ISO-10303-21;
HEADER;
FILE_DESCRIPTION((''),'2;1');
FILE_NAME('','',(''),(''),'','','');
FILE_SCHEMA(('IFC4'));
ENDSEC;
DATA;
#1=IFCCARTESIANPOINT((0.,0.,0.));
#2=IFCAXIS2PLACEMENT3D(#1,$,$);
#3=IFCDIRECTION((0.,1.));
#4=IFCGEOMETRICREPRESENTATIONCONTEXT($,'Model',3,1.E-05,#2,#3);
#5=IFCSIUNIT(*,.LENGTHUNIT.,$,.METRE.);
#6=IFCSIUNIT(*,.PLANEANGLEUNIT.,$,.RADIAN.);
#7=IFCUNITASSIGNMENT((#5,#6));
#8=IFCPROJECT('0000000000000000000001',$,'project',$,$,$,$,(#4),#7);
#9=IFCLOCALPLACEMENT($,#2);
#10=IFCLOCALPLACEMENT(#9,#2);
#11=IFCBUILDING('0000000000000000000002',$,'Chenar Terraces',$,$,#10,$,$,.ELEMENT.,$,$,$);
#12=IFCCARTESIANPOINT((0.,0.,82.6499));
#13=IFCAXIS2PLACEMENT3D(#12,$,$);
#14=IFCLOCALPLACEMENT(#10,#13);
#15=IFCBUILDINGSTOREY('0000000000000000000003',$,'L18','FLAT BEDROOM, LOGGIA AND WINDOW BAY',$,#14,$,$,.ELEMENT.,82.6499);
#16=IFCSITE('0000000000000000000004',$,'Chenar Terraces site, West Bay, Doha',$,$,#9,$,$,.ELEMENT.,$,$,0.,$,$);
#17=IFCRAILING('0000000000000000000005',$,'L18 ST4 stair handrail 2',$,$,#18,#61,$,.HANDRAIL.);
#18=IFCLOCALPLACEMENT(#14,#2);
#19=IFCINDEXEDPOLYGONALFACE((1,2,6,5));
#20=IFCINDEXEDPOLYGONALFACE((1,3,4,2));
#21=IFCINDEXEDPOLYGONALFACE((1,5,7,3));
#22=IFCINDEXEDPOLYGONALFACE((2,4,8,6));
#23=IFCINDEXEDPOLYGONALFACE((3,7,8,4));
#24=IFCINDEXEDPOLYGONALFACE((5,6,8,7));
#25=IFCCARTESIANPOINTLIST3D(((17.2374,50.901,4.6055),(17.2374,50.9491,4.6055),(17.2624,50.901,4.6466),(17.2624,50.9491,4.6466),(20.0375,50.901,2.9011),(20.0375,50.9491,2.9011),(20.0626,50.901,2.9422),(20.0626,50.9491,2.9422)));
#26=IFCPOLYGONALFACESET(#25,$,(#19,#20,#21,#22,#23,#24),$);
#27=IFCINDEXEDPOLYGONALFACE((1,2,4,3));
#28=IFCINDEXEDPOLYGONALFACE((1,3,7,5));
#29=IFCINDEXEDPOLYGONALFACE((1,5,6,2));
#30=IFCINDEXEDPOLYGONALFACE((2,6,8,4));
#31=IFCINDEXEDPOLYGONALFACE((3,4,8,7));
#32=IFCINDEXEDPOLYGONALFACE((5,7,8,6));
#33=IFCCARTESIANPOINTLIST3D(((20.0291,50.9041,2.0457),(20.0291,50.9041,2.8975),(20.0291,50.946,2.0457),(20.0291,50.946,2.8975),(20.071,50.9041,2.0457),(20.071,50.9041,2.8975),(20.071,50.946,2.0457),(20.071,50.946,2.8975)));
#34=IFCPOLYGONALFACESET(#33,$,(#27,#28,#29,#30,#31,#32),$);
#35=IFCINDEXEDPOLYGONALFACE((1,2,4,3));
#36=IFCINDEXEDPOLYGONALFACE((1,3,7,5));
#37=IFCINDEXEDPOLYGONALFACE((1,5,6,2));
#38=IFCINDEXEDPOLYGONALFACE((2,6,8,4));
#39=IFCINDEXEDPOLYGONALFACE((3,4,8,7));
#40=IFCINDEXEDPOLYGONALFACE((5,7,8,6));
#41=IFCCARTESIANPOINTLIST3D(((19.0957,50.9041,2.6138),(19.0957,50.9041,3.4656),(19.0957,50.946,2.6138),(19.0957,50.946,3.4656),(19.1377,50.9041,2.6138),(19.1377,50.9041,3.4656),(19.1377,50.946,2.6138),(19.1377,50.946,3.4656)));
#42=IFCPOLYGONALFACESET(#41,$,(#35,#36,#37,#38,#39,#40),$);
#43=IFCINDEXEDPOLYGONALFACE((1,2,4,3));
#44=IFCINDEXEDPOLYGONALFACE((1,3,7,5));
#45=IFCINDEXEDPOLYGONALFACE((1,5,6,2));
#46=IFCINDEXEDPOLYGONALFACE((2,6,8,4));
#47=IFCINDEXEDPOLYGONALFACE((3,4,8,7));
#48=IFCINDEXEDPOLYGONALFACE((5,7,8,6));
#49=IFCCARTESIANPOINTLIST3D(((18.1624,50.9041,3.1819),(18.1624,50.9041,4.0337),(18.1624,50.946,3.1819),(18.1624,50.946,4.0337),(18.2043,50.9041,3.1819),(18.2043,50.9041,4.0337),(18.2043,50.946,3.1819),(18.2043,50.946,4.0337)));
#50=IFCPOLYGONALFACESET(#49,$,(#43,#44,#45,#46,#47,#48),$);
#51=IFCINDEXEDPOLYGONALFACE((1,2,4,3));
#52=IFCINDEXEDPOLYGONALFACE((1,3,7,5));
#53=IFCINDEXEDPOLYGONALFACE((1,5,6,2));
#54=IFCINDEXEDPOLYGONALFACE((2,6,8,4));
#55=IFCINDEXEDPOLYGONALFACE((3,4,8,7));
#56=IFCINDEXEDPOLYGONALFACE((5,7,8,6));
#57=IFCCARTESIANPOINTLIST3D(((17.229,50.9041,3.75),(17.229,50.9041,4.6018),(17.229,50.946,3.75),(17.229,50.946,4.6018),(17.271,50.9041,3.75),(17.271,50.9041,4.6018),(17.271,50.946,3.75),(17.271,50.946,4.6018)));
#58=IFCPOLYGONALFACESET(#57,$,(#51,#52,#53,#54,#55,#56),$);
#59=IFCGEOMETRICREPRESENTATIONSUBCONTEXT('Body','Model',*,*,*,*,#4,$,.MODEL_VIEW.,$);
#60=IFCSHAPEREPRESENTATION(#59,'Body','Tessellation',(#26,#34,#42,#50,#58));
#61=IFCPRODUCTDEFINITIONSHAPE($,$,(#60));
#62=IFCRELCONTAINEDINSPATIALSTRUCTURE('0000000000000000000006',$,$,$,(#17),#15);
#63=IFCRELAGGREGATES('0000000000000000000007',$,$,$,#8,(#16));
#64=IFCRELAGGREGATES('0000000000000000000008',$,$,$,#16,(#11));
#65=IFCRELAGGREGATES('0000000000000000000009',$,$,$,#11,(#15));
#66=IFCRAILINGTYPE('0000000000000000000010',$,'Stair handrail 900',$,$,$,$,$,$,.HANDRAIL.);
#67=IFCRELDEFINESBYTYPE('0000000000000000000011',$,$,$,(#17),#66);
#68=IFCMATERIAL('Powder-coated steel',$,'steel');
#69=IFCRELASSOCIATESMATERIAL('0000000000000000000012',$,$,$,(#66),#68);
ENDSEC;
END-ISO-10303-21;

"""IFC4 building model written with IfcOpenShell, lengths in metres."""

from ifc_helpers import new_model, si_unit, direction, frame, origin, origin_2d, place, context, subcontext, project, spatial, rectangle, extrude, material, type_object, element, save


model = new_model("IFC4")

# Units and contexts
model_context = context("Model", 3, precision=1e-05, world=origin(), true_north=direction((0.0, 1.0)))
body_context = subcontext(model_context, "Body", "Model", "MODEL_VIEW")
ifc_project = project(units=[si_unit("LENGTHUNIT", "METRE"), si_unit("PLANEANGLEUNIT", "RADIAN")], contexts=[model_context])

# Site, building, storey
site_placement = place(None, origin())
site = spatial("IfcSite", under=ifc_project, at=site_placement, Name="Chenar Terraces site, West Bay, Doha", CompositionType="ELEMENT", RefElevation=0.0)
building_placement = place(site_placement, origin())
building = spatial("IfcBuilding", under=site, at=building_placement, Name="Chenar Terraces", CompositionType="ELEMENT")
storey_placement = place(building_placement, frame((0.0, 0.0, 82.6499)))
storey = spatial("IfcBuildingStorey", under=building, at=storey_placement, Name="L18", Description="FLAT BEDROOM, LOGGIA AND WINDOW BAY", CompositionType="ELEMENT", Elevation=82.6499)

# Railing
ifc_material_1 = material(Name="Powder-coated steel", Category="steel")
railing_type_1 = type_object("IfcRailingType", Name="Stair handrail 900", PredefinedType="HANDRAIL", material=ifc_material_1)
railing_1_placement = place(storey_placement, frame((20.05, 50.925, 2.0457)))
element("IfcRailing", 1, at=railing_1_placement, inside=storey, type_object=railing_type_1, Name="L18 ST4 stair handrail 2", PredefinedType="HANDRAIL", context=body_context, shape_type="SweptSolid", body=[
    extrude(rectangle(XDim=0.0481, YDim=0.0481, at=origin_2d()), frame((0.0, 0.0, 0.876), z_axis=(-0.854203, 0.0, 0.51994), x_axis=(0.0, -1.0, 0.0)), (0.0, 0.0, 1.0), 3.2781),
    extrude(rectangle(XDim=0.042, YDim=0.042, at=origin_2d()), origin(), (0.0, 0.0, 1.0), 0.8518),
    extrude(rectangle(XDim=0.042, YDim=0.042, at=origin_2d()), frame((-0.9333, 0.0, 0.5681)), (0.0, 0.0, 1.0), 0.8518),
    extrude(rectangle(XDim=0.042, YDim=0.042, at=origin_2d()), frame((-1.8667, 0.0, 1.1362)), (0.0, 0.0, 1.0), 0.8518),
    extrude(rectangle(XDim=0.042, YDim=0.042, at=origin_2d()), frame((-2.8, 0.0, 1.7043)), (0.0, 0.0, 1.0), 0.8518),
])

save(model, "model.ifc")
